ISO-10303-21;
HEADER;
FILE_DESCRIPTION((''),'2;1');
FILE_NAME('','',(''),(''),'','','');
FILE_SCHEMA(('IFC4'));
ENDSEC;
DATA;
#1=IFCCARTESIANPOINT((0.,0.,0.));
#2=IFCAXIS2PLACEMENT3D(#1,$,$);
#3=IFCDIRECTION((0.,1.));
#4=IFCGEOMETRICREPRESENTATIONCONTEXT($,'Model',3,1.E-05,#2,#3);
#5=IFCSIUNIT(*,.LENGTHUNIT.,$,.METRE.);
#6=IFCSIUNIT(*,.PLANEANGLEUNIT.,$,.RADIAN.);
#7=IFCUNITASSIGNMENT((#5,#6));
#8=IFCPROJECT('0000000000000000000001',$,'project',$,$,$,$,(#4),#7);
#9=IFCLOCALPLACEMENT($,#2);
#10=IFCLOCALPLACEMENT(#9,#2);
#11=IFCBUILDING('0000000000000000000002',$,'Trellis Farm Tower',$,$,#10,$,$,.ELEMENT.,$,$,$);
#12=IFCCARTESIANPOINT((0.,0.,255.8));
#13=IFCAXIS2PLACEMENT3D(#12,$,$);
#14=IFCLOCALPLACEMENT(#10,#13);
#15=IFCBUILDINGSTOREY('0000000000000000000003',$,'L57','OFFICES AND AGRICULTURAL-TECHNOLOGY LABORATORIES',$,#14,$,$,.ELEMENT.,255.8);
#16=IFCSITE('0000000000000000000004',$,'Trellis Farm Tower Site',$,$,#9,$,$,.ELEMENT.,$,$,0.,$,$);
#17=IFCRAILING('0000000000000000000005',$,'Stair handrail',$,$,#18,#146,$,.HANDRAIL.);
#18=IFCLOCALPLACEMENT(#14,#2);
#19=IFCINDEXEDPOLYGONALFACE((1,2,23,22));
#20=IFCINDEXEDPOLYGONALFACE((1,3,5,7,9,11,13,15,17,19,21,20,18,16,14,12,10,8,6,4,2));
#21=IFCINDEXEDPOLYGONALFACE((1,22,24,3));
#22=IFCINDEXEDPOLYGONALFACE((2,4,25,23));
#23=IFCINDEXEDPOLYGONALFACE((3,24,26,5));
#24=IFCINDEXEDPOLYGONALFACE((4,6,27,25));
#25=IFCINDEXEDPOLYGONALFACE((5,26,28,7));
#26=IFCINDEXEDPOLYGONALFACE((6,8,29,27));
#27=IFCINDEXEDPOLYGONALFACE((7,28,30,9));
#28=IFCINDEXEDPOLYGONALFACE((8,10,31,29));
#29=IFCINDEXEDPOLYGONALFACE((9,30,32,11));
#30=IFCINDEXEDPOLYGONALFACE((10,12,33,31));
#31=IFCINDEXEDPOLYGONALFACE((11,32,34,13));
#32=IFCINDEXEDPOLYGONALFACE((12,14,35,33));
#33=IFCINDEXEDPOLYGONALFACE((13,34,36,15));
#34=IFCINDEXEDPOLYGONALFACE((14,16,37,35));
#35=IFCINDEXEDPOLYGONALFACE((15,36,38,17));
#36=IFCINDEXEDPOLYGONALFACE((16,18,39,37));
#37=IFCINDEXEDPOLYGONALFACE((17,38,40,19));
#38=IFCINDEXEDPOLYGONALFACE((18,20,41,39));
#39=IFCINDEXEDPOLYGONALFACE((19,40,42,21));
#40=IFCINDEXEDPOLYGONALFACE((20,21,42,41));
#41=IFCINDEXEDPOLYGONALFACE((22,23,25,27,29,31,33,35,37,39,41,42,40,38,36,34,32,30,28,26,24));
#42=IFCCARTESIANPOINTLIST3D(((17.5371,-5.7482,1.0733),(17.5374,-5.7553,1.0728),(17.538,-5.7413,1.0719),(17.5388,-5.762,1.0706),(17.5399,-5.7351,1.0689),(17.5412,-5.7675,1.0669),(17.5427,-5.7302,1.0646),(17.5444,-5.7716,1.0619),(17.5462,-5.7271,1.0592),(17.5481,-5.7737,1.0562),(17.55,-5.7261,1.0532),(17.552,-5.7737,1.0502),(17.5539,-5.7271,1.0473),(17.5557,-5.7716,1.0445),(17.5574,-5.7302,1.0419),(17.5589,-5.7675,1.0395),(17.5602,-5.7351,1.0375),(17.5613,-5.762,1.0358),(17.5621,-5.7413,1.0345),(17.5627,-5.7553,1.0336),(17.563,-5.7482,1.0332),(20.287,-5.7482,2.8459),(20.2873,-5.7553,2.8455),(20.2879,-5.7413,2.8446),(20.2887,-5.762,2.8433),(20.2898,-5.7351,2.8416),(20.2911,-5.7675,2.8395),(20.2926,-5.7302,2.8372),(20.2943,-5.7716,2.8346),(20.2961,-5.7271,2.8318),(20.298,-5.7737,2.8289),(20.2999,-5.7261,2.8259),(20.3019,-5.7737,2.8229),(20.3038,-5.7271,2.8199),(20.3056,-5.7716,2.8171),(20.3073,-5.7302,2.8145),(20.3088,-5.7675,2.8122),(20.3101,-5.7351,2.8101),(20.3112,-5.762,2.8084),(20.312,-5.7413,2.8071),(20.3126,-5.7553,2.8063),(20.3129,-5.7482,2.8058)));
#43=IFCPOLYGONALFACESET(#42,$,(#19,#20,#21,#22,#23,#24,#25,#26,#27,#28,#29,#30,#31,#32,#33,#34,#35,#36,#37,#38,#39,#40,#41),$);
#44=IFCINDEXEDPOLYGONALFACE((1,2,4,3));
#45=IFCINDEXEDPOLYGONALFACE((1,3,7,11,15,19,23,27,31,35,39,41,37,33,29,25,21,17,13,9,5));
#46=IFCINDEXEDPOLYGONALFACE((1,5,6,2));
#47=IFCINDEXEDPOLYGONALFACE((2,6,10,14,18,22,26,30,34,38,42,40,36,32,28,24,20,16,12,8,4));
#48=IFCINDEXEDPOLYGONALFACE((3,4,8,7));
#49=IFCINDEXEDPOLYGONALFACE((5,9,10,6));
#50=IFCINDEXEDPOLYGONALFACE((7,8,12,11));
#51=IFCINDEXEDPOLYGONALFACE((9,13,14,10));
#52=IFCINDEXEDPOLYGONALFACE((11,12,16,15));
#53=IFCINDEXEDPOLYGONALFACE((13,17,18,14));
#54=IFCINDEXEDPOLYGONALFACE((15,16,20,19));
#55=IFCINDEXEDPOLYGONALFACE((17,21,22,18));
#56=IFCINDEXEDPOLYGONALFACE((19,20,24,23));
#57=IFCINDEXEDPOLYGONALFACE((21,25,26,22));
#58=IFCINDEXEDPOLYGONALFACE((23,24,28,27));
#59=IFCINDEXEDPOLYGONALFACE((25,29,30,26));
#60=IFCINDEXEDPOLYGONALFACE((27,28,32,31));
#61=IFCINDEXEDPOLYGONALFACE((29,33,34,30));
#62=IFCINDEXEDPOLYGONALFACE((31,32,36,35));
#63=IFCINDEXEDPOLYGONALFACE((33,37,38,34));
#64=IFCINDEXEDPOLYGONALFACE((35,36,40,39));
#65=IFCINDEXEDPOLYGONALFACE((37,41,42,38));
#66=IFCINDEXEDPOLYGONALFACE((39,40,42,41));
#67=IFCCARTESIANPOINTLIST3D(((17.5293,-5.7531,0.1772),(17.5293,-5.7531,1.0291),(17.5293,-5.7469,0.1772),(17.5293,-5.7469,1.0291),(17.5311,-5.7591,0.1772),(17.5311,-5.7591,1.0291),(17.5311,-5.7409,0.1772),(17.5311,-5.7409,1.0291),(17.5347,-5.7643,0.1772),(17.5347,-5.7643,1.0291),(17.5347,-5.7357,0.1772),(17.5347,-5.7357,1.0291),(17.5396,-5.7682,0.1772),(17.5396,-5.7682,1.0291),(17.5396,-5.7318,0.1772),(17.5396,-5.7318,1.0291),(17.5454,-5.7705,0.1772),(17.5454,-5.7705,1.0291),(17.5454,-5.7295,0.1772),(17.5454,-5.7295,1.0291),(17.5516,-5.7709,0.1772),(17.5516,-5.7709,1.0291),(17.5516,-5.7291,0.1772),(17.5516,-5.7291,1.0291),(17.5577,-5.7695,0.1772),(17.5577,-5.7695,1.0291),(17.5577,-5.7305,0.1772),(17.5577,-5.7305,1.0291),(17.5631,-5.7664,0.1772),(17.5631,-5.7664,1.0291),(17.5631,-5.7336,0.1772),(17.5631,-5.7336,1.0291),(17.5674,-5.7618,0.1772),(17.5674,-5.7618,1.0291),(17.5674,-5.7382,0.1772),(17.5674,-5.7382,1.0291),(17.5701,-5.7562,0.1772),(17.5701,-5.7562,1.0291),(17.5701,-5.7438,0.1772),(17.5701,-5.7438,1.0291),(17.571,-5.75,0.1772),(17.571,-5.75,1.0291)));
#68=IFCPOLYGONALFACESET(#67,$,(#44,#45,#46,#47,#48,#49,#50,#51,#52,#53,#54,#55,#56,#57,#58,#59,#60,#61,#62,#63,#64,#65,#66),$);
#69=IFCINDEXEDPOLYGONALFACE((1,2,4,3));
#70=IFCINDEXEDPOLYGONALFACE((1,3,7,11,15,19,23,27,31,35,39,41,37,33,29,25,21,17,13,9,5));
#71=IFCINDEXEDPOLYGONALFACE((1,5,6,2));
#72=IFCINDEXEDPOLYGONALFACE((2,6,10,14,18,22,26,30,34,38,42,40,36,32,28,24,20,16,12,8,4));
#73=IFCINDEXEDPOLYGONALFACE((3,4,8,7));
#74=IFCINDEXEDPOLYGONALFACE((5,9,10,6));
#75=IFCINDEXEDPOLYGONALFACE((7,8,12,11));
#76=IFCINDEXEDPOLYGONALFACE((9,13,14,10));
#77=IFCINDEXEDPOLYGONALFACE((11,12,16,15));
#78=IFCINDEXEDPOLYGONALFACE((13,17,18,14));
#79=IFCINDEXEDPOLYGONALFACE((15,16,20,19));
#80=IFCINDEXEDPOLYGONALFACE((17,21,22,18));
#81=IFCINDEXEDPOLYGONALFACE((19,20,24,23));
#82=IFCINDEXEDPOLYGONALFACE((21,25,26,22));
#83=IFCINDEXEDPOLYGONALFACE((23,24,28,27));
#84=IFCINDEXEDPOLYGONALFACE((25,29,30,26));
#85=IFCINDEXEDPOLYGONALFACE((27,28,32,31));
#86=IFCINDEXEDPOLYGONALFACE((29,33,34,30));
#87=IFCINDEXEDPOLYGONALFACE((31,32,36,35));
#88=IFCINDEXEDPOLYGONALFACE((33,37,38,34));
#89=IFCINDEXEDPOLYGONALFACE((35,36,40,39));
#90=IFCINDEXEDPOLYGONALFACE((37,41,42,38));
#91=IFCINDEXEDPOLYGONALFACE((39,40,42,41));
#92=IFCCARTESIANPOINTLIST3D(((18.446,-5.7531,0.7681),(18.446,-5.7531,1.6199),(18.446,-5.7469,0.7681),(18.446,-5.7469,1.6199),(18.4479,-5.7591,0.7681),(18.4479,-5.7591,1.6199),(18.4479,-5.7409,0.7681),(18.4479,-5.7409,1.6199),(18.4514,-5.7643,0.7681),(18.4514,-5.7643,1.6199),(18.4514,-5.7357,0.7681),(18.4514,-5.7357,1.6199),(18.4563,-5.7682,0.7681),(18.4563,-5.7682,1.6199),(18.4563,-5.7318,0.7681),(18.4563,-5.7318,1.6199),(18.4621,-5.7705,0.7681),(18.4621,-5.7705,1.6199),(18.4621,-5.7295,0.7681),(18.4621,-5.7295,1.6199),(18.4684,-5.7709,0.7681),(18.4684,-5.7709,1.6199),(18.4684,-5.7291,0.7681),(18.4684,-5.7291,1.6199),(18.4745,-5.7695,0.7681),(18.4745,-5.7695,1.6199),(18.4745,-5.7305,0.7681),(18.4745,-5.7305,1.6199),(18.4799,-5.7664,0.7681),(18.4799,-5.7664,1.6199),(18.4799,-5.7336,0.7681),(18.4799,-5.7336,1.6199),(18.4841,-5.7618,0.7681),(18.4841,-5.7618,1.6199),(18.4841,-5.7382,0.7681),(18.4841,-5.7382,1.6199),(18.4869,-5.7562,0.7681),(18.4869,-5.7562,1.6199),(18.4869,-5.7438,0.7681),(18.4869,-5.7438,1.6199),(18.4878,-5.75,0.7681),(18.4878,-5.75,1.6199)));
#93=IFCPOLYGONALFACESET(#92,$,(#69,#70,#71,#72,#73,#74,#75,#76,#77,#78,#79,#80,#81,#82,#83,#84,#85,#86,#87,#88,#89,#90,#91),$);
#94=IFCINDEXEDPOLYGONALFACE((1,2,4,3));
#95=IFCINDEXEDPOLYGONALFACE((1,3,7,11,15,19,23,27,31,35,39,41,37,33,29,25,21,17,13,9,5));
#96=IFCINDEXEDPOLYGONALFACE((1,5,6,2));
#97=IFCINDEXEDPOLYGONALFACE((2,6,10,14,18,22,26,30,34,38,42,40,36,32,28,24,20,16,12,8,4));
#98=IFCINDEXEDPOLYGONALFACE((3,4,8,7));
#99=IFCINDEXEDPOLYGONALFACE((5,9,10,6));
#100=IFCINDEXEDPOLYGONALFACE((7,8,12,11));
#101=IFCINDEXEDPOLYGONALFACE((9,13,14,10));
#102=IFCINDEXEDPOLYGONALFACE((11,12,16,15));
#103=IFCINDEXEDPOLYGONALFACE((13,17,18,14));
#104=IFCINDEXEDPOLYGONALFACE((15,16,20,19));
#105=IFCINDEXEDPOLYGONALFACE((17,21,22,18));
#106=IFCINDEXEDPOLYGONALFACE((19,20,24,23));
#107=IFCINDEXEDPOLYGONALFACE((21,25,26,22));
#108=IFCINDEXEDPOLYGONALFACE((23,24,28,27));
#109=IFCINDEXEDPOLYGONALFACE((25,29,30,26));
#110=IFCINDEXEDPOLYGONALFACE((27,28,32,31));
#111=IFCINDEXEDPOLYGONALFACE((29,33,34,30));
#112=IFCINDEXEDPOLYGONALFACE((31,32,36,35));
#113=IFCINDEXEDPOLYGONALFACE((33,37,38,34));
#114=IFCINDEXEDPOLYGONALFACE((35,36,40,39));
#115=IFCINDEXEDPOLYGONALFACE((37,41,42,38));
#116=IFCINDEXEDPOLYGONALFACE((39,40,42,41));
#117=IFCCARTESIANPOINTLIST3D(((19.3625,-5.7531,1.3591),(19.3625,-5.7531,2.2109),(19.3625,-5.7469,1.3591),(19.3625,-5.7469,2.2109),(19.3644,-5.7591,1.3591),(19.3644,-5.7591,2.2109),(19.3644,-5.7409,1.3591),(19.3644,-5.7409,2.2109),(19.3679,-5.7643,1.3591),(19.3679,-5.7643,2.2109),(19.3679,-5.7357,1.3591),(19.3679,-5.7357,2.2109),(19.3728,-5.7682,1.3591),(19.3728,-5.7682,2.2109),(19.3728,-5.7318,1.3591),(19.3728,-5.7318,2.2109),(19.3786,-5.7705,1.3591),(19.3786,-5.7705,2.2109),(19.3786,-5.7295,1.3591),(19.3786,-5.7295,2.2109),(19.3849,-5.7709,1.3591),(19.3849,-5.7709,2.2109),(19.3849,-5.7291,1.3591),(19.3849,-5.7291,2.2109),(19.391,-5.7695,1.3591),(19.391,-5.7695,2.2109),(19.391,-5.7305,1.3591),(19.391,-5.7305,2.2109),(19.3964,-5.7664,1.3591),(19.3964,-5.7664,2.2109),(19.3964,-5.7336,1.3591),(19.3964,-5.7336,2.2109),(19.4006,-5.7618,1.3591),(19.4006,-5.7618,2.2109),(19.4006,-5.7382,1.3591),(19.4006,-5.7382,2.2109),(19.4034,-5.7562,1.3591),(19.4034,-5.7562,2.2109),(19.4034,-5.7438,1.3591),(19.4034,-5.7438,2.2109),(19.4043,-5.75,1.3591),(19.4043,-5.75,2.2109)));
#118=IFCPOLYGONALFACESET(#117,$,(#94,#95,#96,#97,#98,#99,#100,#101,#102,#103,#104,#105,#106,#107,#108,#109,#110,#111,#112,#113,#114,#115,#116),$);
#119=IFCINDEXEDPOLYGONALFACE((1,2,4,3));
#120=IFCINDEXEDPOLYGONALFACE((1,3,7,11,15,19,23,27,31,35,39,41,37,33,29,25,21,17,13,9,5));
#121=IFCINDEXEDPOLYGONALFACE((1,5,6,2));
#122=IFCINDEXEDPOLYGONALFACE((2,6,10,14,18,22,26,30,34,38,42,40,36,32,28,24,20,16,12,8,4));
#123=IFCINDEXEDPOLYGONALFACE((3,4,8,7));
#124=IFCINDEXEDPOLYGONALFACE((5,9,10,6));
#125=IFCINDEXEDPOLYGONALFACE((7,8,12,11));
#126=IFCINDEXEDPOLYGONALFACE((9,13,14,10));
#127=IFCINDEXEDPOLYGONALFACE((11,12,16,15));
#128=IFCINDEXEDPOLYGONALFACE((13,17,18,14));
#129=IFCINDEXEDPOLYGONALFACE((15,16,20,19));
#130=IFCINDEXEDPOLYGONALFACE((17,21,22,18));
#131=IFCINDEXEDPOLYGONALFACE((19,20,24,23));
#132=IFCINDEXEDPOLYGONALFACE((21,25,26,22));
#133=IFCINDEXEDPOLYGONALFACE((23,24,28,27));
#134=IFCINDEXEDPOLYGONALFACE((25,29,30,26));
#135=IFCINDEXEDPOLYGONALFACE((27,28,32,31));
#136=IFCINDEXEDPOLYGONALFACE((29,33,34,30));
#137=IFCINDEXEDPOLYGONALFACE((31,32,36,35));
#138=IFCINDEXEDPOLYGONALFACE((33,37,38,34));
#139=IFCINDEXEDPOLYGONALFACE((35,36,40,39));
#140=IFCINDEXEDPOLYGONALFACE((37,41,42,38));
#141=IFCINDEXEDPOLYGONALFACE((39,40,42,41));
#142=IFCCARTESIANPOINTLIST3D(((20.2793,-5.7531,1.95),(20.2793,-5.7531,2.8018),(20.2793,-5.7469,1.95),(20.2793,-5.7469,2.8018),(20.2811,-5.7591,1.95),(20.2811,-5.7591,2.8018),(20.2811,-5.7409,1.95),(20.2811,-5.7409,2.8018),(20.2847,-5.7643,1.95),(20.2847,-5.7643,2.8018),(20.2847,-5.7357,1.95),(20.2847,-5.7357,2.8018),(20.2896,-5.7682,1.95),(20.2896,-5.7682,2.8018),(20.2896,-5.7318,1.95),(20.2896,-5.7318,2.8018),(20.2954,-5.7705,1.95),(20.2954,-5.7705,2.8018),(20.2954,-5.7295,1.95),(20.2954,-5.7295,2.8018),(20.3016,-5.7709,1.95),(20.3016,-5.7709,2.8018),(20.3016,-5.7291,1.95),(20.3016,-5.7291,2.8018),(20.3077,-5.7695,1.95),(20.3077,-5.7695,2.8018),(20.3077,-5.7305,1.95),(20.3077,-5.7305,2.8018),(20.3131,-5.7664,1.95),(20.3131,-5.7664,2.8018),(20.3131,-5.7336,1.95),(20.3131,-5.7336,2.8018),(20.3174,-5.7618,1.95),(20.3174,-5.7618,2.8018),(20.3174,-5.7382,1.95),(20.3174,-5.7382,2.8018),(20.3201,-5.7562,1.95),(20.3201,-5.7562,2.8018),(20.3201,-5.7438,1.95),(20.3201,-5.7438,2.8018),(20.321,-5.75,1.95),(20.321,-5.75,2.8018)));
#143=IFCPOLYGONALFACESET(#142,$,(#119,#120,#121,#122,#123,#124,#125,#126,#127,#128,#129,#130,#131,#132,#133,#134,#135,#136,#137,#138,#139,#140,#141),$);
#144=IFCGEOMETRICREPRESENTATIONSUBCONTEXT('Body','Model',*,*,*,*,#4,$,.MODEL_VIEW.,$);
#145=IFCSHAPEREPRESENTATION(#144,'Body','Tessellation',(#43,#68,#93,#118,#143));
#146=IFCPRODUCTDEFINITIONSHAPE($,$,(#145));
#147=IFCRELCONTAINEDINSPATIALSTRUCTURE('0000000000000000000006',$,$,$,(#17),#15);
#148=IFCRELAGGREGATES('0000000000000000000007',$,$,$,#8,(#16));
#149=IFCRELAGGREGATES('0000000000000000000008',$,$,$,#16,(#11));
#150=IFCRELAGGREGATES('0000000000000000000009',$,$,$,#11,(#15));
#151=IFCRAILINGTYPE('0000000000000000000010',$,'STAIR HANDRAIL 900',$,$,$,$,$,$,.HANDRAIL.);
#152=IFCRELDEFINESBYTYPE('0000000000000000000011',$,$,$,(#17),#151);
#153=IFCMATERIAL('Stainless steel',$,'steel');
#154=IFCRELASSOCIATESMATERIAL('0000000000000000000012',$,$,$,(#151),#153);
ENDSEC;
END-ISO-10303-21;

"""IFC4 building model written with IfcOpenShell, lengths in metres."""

from ifc_helpers import new_model, si_unit, direction, frame, origin, origin_2d, place, context, subcontext, project, spatial, circle, extrude, source, transform, mapped, material, type_object, element, save


model = new_model("IFC4")

# Units and contexts
model_context = context("Model", 3, precision=1e-05, world=origin(), true_north=direction((0.0, 1.0)))
body_context = subcontext(model_context, "Body", "Model", "MODEL_VIEW")
ifc_project = project(units=[si_unit("LENGTHUNIT", "METRE"), si_unit("PLANEANGLEUNIT", "RADIAN")], contexts=[model_context])

# Site, building, storey
site_placement = place(None, origin())
site = spatial("IfcSite", under=ifc_project, at=site_placement, Name="Trellis Farm Tower Site", CompositionType="ELEMENT", RefElevation=0.0)
building_placement = place(site_placement, origin())
building = spatial("IfcBuilding", under=site, at=building_placement, Name="Trellis Farm Tower", CompositionType="ELEMENT")
storey_placement = place(building_placement, frame((0.0, 0.0, 255.8)))
storey = spatial("IfcBuildingStorey", under=building, at=storey_placement, Name="L57", Description="OFFICES AND AGRICULTURAL-TECHNOLOGY LABORATORIES", CompositionType="ELEMENT", Elevation=255.8)

# Railing
ifc_material_1 = material(Name="Stainless steel", Category="steel")
railing_type = type_object("IfcRailingType", Name="STAIR HANDRAIL 900", PredefinedType="HANDRAIL", material=ifc_material_1)
shared_shape_1 = source(origin(), body_context, "Body", "SweptSolid", [
    extrude(circle(Radius=0.0239, at=origin_2d()), frame((0.0, 0.0, 0.876), z_axis=(0.840504, 0.0, 0.541806), x_axis=(0.0, 1.0, 0.0)), (0.0, 0.0, 1.0), 3.2717),
    extrude(circle(Radius=0.021, at=origin_2d()), origin(), (0.0, 0.0, 1.0), 0.8518),
    extrude(circle(Radius=0.021, at=origin_2d()), frame((0.9167, 0.0, 0.5908)), (0.0, 0.0, 1.0), 0.8518),
    extrude(circle(Radius=0.021, at=origin_2d()), frame((1.8333, 0.0, 1.1819)), (0.0, 0.0, 1.0), 0.8518),
    extrude(circle(Radius=0.021, at=origin_2d()), frame((2.75, 0.0, 1.7727)), (0.0, 0.0, 1.0), 0.8518),
])
for number, where, name in (
    (1, (17.55, -5.75, 0.1772), "Stair handrail"),
):
    element("IfcRailing", number, at=place(storey_placement, frame(where)), inside=storey, type_object=railing_type, Name=name, PredefinedType="HANDRAIL", context=body_context, shape_type="MappedRepresentation", body=[
        mapped(shared_shape_1, transform((0.0, 0.0, 0.0))),
    ])

save(model, "model.ifc")
